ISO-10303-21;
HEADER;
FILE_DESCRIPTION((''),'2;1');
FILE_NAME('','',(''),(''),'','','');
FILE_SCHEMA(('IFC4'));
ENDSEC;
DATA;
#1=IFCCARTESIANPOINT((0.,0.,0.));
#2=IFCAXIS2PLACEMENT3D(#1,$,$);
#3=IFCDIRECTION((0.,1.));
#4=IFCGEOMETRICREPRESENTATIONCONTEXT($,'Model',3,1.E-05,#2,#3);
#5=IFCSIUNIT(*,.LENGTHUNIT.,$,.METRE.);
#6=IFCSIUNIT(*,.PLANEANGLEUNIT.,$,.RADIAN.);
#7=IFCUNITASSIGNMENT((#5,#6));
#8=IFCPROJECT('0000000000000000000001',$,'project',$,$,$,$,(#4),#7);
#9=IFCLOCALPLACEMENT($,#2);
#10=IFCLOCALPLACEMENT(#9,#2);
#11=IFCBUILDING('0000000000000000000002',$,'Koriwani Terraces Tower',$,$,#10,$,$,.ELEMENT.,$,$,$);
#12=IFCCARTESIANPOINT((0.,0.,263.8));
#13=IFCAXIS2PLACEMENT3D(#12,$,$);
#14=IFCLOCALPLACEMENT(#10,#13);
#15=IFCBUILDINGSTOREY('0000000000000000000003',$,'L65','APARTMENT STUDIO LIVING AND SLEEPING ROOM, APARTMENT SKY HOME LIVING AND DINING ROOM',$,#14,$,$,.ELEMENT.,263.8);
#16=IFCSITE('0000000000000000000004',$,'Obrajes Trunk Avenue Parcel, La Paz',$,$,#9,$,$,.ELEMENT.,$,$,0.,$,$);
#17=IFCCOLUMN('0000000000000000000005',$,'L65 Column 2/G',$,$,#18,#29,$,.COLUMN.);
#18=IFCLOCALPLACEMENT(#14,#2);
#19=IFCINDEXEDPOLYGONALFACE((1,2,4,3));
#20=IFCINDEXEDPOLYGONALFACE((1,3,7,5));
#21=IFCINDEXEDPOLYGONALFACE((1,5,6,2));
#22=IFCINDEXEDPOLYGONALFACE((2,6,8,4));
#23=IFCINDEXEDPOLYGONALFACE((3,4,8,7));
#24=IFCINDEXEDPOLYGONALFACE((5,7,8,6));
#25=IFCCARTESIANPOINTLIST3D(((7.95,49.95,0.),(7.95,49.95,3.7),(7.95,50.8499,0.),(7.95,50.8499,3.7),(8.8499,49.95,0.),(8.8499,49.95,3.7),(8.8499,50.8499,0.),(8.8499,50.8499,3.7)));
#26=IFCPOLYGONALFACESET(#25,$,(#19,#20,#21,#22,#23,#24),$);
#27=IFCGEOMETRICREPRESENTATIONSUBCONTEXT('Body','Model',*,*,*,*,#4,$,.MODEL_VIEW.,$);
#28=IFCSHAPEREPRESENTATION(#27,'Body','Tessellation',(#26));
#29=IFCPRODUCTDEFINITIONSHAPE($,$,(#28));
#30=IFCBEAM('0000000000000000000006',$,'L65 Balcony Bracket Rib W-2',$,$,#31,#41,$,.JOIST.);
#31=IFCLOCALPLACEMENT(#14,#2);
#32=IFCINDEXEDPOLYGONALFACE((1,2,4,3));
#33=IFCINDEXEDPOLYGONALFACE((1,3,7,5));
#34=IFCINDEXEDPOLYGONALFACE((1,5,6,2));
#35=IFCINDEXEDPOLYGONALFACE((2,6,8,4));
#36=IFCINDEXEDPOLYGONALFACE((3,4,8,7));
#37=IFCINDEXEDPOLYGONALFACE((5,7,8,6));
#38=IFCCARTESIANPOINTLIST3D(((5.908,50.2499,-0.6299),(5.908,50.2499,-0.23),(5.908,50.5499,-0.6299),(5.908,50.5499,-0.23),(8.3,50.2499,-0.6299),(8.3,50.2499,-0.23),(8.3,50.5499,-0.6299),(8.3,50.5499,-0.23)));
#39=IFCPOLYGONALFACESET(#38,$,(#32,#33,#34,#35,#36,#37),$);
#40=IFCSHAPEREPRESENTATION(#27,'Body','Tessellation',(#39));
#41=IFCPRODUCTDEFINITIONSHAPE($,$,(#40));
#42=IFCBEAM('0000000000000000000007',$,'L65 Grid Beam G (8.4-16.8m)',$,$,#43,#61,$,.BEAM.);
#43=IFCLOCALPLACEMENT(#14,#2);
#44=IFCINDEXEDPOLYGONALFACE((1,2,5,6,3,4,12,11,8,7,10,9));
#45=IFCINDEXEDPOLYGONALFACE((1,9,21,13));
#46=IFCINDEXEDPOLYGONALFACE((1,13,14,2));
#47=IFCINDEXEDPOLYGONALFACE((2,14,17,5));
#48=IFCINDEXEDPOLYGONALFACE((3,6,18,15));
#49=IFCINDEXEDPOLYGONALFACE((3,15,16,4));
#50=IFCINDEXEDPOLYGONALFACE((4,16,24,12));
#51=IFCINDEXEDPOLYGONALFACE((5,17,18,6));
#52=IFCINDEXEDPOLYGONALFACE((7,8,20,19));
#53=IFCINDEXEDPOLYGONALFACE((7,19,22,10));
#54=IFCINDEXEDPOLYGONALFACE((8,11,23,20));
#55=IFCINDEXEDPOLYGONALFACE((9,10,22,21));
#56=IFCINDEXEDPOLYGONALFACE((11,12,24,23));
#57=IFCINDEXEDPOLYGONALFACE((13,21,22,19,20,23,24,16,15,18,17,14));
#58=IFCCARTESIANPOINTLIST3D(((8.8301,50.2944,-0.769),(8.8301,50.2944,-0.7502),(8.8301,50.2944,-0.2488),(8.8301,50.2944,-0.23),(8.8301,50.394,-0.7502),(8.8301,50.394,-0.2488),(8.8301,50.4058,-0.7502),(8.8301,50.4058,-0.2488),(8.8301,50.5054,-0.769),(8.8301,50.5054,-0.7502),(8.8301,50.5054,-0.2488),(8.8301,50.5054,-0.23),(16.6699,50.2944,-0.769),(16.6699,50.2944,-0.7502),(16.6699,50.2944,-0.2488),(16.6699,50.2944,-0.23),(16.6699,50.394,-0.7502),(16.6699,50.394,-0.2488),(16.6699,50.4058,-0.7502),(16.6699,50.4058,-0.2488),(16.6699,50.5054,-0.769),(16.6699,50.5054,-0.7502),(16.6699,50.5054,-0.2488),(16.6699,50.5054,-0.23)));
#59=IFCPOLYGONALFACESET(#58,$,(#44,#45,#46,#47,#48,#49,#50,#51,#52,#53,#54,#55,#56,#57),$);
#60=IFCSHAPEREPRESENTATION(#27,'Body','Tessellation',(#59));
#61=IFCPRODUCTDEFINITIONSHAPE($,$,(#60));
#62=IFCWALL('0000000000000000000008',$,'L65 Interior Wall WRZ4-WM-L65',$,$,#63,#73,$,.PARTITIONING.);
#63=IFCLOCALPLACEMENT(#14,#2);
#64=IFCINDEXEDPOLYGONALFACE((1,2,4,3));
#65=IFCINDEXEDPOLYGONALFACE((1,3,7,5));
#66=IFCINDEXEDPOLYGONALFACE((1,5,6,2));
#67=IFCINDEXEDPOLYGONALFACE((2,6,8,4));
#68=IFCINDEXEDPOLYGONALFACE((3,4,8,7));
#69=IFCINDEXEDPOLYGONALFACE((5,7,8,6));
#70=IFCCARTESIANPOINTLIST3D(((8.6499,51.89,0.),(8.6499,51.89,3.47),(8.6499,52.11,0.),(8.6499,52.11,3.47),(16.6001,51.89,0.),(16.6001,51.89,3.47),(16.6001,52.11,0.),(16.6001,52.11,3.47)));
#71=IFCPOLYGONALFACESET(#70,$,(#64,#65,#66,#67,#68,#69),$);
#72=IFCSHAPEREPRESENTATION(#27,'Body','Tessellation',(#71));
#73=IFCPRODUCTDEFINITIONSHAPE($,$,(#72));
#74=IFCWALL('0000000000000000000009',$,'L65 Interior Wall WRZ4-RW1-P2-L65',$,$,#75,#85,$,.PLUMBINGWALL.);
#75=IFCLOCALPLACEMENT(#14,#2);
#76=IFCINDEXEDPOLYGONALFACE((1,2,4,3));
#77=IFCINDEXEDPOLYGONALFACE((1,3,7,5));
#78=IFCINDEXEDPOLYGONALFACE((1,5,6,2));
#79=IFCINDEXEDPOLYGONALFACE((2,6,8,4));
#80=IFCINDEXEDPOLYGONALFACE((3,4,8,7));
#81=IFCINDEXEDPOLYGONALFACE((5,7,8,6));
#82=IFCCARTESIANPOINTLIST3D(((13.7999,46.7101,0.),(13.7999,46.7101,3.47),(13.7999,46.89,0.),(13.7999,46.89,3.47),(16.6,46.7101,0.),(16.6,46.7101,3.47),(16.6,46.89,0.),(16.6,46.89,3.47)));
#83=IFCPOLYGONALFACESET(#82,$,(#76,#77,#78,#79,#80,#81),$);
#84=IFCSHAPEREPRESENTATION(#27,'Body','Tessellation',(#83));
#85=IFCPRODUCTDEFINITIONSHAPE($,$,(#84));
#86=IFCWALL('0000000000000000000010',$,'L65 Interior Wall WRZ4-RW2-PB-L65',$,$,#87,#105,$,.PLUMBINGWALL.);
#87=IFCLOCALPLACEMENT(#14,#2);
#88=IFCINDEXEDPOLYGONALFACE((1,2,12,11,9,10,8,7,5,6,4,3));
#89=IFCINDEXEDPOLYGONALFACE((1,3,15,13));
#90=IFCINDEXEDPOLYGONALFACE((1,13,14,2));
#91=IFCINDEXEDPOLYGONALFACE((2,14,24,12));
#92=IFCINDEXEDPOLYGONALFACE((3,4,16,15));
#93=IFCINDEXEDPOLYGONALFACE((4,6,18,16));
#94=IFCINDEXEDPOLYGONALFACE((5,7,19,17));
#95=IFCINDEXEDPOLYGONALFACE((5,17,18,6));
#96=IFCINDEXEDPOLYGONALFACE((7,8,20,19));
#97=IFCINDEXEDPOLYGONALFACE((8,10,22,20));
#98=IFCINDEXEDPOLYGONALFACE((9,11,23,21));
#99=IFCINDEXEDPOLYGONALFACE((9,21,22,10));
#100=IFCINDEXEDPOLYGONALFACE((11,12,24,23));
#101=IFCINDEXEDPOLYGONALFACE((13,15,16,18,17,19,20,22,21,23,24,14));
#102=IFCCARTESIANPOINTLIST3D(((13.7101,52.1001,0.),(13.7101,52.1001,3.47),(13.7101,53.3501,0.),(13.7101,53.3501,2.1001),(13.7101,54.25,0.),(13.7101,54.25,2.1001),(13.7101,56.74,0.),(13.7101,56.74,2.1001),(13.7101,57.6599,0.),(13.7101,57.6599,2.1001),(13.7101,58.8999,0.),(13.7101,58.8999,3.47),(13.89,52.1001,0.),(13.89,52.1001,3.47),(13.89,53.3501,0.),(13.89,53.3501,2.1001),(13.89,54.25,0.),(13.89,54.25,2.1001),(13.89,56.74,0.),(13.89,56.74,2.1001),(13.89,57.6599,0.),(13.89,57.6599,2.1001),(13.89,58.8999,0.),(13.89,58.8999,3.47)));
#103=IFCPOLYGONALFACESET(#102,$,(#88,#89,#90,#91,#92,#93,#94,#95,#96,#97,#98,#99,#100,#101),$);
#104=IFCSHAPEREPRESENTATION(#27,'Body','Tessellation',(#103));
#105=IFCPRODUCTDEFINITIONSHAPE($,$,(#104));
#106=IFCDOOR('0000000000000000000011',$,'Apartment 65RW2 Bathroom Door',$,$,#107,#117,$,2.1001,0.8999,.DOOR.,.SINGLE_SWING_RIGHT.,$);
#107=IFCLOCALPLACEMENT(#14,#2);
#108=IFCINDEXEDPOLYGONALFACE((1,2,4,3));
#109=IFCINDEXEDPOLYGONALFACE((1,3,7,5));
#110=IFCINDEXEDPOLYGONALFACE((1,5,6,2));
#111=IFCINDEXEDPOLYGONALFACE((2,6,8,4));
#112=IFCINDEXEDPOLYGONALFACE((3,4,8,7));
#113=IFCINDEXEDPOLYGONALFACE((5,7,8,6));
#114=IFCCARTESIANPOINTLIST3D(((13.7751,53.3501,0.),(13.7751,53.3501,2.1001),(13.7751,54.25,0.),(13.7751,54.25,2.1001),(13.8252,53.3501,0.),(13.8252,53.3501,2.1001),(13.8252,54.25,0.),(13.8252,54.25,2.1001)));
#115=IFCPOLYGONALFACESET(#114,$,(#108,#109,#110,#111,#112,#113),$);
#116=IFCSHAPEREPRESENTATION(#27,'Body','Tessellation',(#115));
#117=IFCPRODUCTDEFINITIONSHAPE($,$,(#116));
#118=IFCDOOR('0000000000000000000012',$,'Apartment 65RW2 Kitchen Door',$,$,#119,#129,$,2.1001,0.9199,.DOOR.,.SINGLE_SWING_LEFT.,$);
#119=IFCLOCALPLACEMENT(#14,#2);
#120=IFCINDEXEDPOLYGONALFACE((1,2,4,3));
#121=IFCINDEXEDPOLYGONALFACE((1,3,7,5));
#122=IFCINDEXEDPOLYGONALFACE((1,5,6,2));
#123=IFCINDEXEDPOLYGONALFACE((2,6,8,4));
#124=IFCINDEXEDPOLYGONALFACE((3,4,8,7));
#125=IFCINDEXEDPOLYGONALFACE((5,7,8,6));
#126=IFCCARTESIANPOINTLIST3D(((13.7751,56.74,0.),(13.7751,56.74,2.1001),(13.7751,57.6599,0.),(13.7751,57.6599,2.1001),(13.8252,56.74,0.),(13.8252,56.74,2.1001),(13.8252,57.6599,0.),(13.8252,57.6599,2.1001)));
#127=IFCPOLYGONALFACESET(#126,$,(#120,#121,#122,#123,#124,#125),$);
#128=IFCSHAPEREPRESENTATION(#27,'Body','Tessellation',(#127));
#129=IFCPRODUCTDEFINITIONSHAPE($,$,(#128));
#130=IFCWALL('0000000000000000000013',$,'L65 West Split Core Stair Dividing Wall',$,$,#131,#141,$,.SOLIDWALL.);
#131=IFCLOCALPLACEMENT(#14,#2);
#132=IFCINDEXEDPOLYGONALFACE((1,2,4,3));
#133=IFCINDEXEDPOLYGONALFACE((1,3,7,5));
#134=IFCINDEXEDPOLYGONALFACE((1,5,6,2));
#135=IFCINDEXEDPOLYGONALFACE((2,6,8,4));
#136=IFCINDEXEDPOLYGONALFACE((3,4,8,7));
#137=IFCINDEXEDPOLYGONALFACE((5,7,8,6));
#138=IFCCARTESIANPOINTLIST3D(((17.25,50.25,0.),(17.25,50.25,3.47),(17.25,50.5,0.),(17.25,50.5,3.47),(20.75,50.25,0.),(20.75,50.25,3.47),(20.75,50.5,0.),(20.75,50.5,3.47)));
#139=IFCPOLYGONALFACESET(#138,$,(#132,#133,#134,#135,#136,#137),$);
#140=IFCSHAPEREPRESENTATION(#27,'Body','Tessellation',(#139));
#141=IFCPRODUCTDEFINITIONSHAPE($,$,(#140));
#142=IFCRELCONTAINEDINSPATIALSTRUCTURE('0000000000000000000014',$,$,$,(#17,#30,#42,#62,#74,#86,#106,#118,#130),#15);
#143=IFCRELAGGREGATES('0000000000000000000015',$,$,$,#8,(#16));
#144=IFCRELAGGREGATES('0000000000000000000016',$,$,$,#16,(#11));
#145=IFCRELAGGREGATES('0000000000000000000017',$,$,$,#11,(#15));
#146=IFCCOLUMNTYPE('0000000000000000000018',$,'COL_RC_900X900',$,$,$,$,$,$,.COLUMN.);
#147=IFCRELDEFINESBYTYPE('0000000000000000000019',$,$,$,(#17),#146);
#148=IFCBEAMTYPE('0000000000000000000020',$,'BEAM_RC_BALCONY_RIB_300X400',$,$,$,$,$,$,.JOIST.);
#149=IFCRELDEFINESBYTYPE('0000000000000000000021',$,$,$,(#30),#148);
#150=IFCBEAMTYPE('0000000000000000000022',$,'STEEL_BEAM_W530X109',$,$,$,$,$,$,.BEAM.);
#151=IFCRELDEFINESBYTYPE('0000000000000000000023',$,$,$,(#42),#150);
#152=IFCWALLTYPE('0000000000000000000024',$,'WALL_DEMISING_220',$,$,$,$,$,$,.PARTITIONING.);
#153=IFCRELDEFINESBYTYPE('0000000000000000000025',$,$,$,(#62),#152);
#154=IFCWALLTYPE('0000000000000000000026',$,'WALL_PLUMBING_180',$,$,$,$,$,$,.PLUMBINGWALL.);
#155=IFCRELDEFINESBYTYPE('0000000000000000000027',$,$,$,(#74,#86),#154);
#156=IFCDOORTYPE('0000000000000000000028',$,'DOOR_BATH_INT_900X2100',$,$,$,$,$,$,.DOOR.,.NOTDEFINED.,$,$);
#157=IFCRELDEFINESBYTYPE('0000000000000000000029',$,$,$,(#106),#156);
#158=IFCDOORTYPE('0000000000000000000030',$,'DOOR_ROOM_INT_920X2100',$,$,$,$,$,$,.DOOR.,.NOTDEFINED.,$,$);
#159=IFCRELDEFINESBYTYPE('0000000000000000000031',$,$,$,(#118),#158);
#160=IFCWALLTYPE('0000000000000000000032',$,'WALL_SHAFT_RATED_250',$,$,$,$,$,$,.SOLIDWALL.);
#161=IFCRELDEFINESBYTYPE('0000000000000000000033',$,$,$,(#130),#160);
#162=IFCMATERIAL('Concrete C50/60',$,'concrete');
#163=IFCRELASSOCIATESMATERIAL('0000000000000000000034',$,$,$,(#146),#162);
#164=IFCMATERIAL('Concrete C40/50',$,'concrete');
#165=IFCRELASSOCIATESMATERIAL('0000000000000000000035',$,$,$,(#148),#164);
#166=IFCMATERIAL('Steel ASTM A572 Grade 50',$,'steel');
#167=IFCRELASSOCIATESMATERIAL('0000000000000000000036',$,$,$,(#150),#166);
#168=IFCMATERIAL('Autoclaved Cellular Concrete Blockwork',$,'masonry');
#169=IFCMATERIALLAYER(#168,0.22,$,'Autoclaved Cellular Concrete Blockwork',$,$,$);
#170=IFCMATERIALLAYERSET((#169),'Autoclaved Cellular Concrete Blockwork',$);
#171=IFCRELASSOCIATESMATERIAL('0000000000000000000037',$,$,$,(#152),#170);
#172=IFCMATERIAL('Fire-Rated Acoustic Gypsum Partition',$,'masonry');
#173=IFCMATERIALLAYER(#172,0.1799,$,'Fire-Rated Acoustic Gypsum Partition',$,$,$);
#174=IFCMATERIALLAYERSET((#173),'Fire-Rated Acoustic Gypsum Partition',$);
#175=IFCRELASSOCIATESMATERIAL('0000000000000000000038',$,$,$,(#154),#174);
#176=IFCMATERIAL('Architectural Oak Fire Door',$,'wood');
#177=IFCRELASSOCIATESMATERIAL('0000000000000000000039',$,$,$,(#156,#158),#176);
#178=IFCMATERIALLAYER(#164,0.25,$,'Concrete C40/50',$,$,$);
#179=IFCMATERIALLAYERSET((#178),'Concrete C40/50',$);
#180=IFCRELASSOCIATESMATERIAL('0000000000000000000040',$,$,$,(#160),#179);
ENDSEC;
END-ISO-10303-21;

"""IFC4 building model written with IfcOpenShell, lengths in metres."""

from ifc_helpers import new_model, si_unit, direction, frame, frame_2d, origin, origin_2d, place, context, subcontext, project, spatial, rectangle, i_section, extrude, material, layer, layer_set, material_profile, profile_set, type_object, element, fill, save


model = new_model("IFC4")

# Units and contexts
model_context = context("Model", 3, precision=1e-05, world=origin(), true_north=direction((0.0, 1.0)))
body_context = subcontext(model_context, "Body", "Model", "MODEL_VIEW")
ifc_project = project(units=[si_unit("LENGTHUNIT", "METRE"), si_unit("PLANEANGLEUNIT", "RADIAN")], contexts=[model_context])

# Site, building, storey
site_placement = place(None, origin())
site = spatial("IfcSite", under=ifc_project, at=site_placement, Name="Obrajes Trunk Avenue Parcel, La Paz", CompositionType="ELEMENT", RefElevation=0.0)
building_placement = place(site_placement, origin())
building = spatial("IfcBuilding", under=site, at=building_placement, Name="Koriwani Terraces Tower", CompositionType="ELEMENT")
storey_placement = place(building_placement, frame((0.0, 0.0, 263.8)))
storey = spatial("IfcBuildingStorey", under=building, at=storey_placement, Name="L65", Description="APARTMENT STUDIO LIVING AND SLEEPING ROOM, APARTMENT SKY HOME LIVING AND DINING ROOM", CompositionType="ELEMENT", Elevation=263.8)

# Column
ifc_material_1 = material(Name="Concrete C50/60", Category="concrete")
ifc_material_profile_1 = material_profile(ifc_material_1, rectangle(XDim=0.8999, YDim=0.8999, at=origin_2d()), Name="Concrete C50/60", Category="LoadBearing")
ifc_profile_set_1 = profile_set([ifc_material_profile_1], Name="Concrete C50/60")
column_type = type_object("IfcColumnType", Name="COL_RC_900X900", PredefinedType="COLUMN", material=ifc_profile_set_1)
column_placement = place(storey_placement, frame((8.3999, 50.3999, 0.0), z_axis=(0.0, 0.0, 1.0), x_axis=(1.0, 0.0, 0.0)))
element("IfcColumn", 1, at=column_placement, inside=storey, type_object=column_type, Name="L65 Column 2/G", PredefinedType="COLUMN", context=body_context, shape_type="SweptSolid", body=[
    extrude(rectangle(XDim=0.8999, YDim=0.8999, at=origin_2d()), origin(), (0.0, 0.0, 1.0), 3.7),
])

# Beams
ifc_material_2 = material(Name="Concrete C40/50", Category="concrete")
ifc_material_profile_2 = material_profile(ifc_material_2, rectangle(XDim=0.3, YDim=0.3999, at=origin_2d()), Name="Concrete C40/50", Category="LoadBearing")
ifc_profile_set_2 = profile_set([ifc_material_profile_2], Name="Concrete C40/50")
beam_type_1 = type_object("IfcBeamType", Name="BEAM_RC_BALCONY_RIB_300X400", PredefinedType="JOIST", material=ifc_profile_set_2)
beam_1_placement = place(storey_placement, frame((5.908, 50.3999, -0.4299), z_axis=(1.0, 0.0, 0.0), x_axis=(0.0, 1.0, 0.0)))
element("IfcBeam", 2, at=beam_1_placement, inside=storey, type_object=beam_type_1, Name="L65 Balcony Bracket Rib W-2", PredefinedType="JOIST", context=body_context, shape_type="SweptSolid", body=[
    extrude(rectangle(XDim=0.3, YDim=0.3999, at=origin_2d()), origin(), (0.0, 0.0, 1.0), 2.3921),
])
ifc_material_3 = material(Name="Steel ASTM A572 Grade 50", Category="steel")
ifc_material_profile_3 = material_profile(ifc_material_3, i_section(OverallWidth=0.2109, OverallDepth=0.5391, WebThickness=0.0117, FlangeThickness=0.0188, at=origin_2d()), Name="Steel ASTM A572 Grade 50", Category="LoadBearing")
ifc_profile_set_3 = profile_set([ifc_material_profile_3], Name="Steel ASTM A572 Grade 50")
beam_type_2 = type_object("IfcBeamType", Name="STEEL_BEAM_W530X109", PredefinedType="BEAM", material=ifc_profile_set_3)
beam_2_placement = place(storey_placement, frame((8.8301, 50.3999, -0.4995), z_axis=(1.0, 0.0, 0.0), x_axis=(0.0, 1.0, 0.0)))
element("IfcBeam", 3, at=beam_2_placement, inside=storey, type_object=beam_type_2, Name="L65 Grid Beam G (8.4-16.8m)", PredefinedType="BEAM", context=body_context, shape_type="SweptSolid", body=[
    extrude(i_section(OverallWidth=0.2109, OverallDepth=0.5391, WebThickness=0.0117, FlangeThickness=0.0188, at=origin_2d()), origin(), (0.0, 0.0, 1.0), 7.8398),
])

# Walls
ifc_material_4 = material(Name="Autoclaved Cellular Concrete Blockwork", Category="masonry")
ifc_layer_1 = layer(ifc_material_4, 0.22, Name="Autoclaved Cellular Concrete Blockwork")
ifc_layer_set_1 = layer_set([ifc_layer_1], Name="Autoclaved Cellular Concrete Blockwork")
wall_type_1 = type_object("IfcWallType", Name="WALL_DEMISING_220", PredefinedType="PARTITIONING", material=ifc_layer_set_1)
wall_1_placement = place(storey_placement, frame((8.6499, 52.0, 0.0), z_axis=(0.0, 0.0, 1.0), x_axis=(1.0, 0.0, 0.0)))
element("IfcWall", 4, at=wall_1_placement, inside=storey, type_object=wall_type_1, Name="L65 Interior Wall WRZ4-WM-L65", PredefinedType="PARTITIONING", context=body_context, shape_type="SweptSolid", body=[
    extrude(rectangle(XDim=7.9502, YDim=0.22, at=frame_2d((3.9751, 0.0))), origin(), (0.0, 0.0, 1.0), 3.47),
])
ifc_material_5 = material(Name="Fire-Rated Acoustic Gypsum Partition", Category="masonry")
ifc_layer_2 = layer(ifc_material_5, 0.1799, Name="Fire-Rated Acoustic Gypsum Partition")
ifc_layer_set_2 = layer_set([ifc_layer_2], Name="Fire-Rated Acoustic Gypsum Partition")
wall_type_2 = type_object("IfcWallType", Name="WALL_PLUMBING_180", PredefinedType="PLUMBINGWALL", material=ifc_layer_set_2)
wall_2_placement = place(storey_placement, frame((13.8, 46.8, 0.0), z_axis=(0.0, 0.0, 1.0), x_axis=(1.0, 0.0, 0.0)))
element("IfcWall", 5, at=wall_2_placement, inside=storey, type_object=wall_type_2, Name="L65 Interior Wall WRZ4-RW1-P2-L65", PredefinedType="PLUMBINGWALL", context=body_context, shape_type="SweptSolid", body=[
    extrude(rectangle(XDim=2.8, YDim=0.1799, at=frame_2d((1.3999, 0.0))), origin(), (0.0, 0.0, 1.0), 3.47),
])

# Wall, openings, doors
wall_3_placement = place(storey_placement, frame((13.8, 52.1001, 0.0), z_axis=(0.0, 0.0, 1.0), x_axis=(0.0, 1.0, 0.0)))
wall_3 = element("IfcWall", 6, at=wall_3_placement, inside=storey, type_object=wall_type_2, Name="L65 Interior Wall WRZ4-RW2-PB-L65", PredefinedType="PLUMBINGWALL", context=body_context, shape_type="SweptSolid", body=[
    extrude(rectangle(XDim=6.7998, YDim=0.1799, at=frame_2d((3.3999, 0.0))), origin(), (0.0, 0.0, 1.0), 3.47),
])
opening_1_placement = place(wall_3_placement, frame((1.25, 0.0, 0.0)))
opening_1 = element("IfcOpeningElement", 7, at=opening_1_placement, cuts=wall_3, PredefinedType="OPENING", context=body_context, shape_type="SweptSolid", body=[
    extrude(rectangle(XDim=0.8999, YDim=2.1001, at=frame_2d((0.45, 1.05))), frame((0.0, 0.1001, 0.0), z_axis=(0.0, -1.0, 0.0), x_axis=(1.0, 0.0, 0.0)), (0.0, 0.0, 1.0), 0.2),
])
opening_2_placement = place(wall_3_placement, frame((4.6399, 0.0, 0.0)))
opening_2 = element("IfcOpeningElement", 8, at=opening_2_placement, cuts=wall_3, PredefinedType="OPENING", context=body_context, shape_type="SweptSolid", body=[
    extrude(rectangle(XDim=0.9199, YDim=2.1001, at=frame_2d((0.46, 1.05))), frame((0.0, 0.1001, 0.0), z_axis=(0.0, -1.0, 0.0), x_axis=(1.0, 0.0, 0.0)), (0.0, 0.0, 1.0), 0.2),
])
ifc_material_6 = material(Name="Architectural Oak Fire Door", Category="wood")
door_type_1 = type_object("IfcDoorType", Name="DOOR_BATH_INT_900X2100", OperationType="NOTDEFINED", PredefinedType="DOOR", material=ifc_material_6)
door_1_placement = place(opening_1_placement, origin())
door_1 = element("IfcDoor", 9, at=door_1_placement, inside=storey, type_object=door_type_1, Name="Apartment 65RW2 Bathroom Door", OperationType="SINGLE_SWING_RIGHT", OverallHeight=2.1001, OverallWidth=0.8999, PredefinedType="DOOR", context=body_context, shape_type="SweptSolid", body=[
    extrude(rectangle(XDim=0.8999, YDim=2.1001, at=frame_2d((0.45, 1.05))), frame((0.0, 0.0249, 0.0), z_axis=(0.0, -1.0, 0.0), x_axis=(1.0, 0.0, 0.0)), (0.0, 0.0, 1.0), 0.05),
])
fill(opening_1, door_1)
door_type_2 = type_object("IfcDoorType", Name="DOOR_ROOM_INT_920X2100", OperationType="NOTDEFINED", PredefinedType="DOOR", material=ifc_material_6)
door_2_placement = place(opening_2_placement, origin())
door_2 = element("IfcDoor", 10, at=door_2_placement, inside=storey, type_object=door_type_2, Name="Apartment 65RW2 Kitchen Door", OperationType="SINGLE_SWING_LEFT", OverallHeight=2.1001, OverallWidth=0.9199, PredefinedType="DOOR", context=body_context, shape_type="SweptSolid", body=[
    extrude(rectangle(XDim=0.9199, YDim=2.1001, at=frame_2d((0.46, 1.05))), frame((0.0, 0.0249, 0.0), z_axis=(0.0, -1.0, 0.0), x_axis=(1.0, 0.0, 0.0)), (0.0, 0.0, 1.0), 0.05),
])
fill(opening_2, door_2)

# Wall
ifc_layer_3 = layer(ifc_material_2, 0.25, Name="Concrete C40/50")
ifc_layer_set_3 = layer_set([ifc_layer_3], Name="Concrete C40/50")
wall_type_3 = type_object("IfcWallType", Name="WALL_SHAFT_RATED_250", PredefinedType="SOLIDWALL", material=ifc_layer_set_3)
wall_4_placement = place(storey_placement, frame((17.25, 50.375, 0.0), z_axis=(0.0, 0.0, 1.0), x_axis=(1.0, 0.0, 0.0)))
element("IfcWall", 11, at=wall_4_placement, inside=storey, type_object=wall_type_3, Name="L65 West Split Core Stair Dividing Wall", PredefinedType="SOLIDWALL", context=body_context, shape_type="SweptSolid", body=[
    extrude(rectangle(XDim=3.5, YDim=0.25, at=frame_2d((1.75, 0.0))), origin(), (0.0, 0.0, 1.0), 3.47),
])

save(model, "model.ifc")
